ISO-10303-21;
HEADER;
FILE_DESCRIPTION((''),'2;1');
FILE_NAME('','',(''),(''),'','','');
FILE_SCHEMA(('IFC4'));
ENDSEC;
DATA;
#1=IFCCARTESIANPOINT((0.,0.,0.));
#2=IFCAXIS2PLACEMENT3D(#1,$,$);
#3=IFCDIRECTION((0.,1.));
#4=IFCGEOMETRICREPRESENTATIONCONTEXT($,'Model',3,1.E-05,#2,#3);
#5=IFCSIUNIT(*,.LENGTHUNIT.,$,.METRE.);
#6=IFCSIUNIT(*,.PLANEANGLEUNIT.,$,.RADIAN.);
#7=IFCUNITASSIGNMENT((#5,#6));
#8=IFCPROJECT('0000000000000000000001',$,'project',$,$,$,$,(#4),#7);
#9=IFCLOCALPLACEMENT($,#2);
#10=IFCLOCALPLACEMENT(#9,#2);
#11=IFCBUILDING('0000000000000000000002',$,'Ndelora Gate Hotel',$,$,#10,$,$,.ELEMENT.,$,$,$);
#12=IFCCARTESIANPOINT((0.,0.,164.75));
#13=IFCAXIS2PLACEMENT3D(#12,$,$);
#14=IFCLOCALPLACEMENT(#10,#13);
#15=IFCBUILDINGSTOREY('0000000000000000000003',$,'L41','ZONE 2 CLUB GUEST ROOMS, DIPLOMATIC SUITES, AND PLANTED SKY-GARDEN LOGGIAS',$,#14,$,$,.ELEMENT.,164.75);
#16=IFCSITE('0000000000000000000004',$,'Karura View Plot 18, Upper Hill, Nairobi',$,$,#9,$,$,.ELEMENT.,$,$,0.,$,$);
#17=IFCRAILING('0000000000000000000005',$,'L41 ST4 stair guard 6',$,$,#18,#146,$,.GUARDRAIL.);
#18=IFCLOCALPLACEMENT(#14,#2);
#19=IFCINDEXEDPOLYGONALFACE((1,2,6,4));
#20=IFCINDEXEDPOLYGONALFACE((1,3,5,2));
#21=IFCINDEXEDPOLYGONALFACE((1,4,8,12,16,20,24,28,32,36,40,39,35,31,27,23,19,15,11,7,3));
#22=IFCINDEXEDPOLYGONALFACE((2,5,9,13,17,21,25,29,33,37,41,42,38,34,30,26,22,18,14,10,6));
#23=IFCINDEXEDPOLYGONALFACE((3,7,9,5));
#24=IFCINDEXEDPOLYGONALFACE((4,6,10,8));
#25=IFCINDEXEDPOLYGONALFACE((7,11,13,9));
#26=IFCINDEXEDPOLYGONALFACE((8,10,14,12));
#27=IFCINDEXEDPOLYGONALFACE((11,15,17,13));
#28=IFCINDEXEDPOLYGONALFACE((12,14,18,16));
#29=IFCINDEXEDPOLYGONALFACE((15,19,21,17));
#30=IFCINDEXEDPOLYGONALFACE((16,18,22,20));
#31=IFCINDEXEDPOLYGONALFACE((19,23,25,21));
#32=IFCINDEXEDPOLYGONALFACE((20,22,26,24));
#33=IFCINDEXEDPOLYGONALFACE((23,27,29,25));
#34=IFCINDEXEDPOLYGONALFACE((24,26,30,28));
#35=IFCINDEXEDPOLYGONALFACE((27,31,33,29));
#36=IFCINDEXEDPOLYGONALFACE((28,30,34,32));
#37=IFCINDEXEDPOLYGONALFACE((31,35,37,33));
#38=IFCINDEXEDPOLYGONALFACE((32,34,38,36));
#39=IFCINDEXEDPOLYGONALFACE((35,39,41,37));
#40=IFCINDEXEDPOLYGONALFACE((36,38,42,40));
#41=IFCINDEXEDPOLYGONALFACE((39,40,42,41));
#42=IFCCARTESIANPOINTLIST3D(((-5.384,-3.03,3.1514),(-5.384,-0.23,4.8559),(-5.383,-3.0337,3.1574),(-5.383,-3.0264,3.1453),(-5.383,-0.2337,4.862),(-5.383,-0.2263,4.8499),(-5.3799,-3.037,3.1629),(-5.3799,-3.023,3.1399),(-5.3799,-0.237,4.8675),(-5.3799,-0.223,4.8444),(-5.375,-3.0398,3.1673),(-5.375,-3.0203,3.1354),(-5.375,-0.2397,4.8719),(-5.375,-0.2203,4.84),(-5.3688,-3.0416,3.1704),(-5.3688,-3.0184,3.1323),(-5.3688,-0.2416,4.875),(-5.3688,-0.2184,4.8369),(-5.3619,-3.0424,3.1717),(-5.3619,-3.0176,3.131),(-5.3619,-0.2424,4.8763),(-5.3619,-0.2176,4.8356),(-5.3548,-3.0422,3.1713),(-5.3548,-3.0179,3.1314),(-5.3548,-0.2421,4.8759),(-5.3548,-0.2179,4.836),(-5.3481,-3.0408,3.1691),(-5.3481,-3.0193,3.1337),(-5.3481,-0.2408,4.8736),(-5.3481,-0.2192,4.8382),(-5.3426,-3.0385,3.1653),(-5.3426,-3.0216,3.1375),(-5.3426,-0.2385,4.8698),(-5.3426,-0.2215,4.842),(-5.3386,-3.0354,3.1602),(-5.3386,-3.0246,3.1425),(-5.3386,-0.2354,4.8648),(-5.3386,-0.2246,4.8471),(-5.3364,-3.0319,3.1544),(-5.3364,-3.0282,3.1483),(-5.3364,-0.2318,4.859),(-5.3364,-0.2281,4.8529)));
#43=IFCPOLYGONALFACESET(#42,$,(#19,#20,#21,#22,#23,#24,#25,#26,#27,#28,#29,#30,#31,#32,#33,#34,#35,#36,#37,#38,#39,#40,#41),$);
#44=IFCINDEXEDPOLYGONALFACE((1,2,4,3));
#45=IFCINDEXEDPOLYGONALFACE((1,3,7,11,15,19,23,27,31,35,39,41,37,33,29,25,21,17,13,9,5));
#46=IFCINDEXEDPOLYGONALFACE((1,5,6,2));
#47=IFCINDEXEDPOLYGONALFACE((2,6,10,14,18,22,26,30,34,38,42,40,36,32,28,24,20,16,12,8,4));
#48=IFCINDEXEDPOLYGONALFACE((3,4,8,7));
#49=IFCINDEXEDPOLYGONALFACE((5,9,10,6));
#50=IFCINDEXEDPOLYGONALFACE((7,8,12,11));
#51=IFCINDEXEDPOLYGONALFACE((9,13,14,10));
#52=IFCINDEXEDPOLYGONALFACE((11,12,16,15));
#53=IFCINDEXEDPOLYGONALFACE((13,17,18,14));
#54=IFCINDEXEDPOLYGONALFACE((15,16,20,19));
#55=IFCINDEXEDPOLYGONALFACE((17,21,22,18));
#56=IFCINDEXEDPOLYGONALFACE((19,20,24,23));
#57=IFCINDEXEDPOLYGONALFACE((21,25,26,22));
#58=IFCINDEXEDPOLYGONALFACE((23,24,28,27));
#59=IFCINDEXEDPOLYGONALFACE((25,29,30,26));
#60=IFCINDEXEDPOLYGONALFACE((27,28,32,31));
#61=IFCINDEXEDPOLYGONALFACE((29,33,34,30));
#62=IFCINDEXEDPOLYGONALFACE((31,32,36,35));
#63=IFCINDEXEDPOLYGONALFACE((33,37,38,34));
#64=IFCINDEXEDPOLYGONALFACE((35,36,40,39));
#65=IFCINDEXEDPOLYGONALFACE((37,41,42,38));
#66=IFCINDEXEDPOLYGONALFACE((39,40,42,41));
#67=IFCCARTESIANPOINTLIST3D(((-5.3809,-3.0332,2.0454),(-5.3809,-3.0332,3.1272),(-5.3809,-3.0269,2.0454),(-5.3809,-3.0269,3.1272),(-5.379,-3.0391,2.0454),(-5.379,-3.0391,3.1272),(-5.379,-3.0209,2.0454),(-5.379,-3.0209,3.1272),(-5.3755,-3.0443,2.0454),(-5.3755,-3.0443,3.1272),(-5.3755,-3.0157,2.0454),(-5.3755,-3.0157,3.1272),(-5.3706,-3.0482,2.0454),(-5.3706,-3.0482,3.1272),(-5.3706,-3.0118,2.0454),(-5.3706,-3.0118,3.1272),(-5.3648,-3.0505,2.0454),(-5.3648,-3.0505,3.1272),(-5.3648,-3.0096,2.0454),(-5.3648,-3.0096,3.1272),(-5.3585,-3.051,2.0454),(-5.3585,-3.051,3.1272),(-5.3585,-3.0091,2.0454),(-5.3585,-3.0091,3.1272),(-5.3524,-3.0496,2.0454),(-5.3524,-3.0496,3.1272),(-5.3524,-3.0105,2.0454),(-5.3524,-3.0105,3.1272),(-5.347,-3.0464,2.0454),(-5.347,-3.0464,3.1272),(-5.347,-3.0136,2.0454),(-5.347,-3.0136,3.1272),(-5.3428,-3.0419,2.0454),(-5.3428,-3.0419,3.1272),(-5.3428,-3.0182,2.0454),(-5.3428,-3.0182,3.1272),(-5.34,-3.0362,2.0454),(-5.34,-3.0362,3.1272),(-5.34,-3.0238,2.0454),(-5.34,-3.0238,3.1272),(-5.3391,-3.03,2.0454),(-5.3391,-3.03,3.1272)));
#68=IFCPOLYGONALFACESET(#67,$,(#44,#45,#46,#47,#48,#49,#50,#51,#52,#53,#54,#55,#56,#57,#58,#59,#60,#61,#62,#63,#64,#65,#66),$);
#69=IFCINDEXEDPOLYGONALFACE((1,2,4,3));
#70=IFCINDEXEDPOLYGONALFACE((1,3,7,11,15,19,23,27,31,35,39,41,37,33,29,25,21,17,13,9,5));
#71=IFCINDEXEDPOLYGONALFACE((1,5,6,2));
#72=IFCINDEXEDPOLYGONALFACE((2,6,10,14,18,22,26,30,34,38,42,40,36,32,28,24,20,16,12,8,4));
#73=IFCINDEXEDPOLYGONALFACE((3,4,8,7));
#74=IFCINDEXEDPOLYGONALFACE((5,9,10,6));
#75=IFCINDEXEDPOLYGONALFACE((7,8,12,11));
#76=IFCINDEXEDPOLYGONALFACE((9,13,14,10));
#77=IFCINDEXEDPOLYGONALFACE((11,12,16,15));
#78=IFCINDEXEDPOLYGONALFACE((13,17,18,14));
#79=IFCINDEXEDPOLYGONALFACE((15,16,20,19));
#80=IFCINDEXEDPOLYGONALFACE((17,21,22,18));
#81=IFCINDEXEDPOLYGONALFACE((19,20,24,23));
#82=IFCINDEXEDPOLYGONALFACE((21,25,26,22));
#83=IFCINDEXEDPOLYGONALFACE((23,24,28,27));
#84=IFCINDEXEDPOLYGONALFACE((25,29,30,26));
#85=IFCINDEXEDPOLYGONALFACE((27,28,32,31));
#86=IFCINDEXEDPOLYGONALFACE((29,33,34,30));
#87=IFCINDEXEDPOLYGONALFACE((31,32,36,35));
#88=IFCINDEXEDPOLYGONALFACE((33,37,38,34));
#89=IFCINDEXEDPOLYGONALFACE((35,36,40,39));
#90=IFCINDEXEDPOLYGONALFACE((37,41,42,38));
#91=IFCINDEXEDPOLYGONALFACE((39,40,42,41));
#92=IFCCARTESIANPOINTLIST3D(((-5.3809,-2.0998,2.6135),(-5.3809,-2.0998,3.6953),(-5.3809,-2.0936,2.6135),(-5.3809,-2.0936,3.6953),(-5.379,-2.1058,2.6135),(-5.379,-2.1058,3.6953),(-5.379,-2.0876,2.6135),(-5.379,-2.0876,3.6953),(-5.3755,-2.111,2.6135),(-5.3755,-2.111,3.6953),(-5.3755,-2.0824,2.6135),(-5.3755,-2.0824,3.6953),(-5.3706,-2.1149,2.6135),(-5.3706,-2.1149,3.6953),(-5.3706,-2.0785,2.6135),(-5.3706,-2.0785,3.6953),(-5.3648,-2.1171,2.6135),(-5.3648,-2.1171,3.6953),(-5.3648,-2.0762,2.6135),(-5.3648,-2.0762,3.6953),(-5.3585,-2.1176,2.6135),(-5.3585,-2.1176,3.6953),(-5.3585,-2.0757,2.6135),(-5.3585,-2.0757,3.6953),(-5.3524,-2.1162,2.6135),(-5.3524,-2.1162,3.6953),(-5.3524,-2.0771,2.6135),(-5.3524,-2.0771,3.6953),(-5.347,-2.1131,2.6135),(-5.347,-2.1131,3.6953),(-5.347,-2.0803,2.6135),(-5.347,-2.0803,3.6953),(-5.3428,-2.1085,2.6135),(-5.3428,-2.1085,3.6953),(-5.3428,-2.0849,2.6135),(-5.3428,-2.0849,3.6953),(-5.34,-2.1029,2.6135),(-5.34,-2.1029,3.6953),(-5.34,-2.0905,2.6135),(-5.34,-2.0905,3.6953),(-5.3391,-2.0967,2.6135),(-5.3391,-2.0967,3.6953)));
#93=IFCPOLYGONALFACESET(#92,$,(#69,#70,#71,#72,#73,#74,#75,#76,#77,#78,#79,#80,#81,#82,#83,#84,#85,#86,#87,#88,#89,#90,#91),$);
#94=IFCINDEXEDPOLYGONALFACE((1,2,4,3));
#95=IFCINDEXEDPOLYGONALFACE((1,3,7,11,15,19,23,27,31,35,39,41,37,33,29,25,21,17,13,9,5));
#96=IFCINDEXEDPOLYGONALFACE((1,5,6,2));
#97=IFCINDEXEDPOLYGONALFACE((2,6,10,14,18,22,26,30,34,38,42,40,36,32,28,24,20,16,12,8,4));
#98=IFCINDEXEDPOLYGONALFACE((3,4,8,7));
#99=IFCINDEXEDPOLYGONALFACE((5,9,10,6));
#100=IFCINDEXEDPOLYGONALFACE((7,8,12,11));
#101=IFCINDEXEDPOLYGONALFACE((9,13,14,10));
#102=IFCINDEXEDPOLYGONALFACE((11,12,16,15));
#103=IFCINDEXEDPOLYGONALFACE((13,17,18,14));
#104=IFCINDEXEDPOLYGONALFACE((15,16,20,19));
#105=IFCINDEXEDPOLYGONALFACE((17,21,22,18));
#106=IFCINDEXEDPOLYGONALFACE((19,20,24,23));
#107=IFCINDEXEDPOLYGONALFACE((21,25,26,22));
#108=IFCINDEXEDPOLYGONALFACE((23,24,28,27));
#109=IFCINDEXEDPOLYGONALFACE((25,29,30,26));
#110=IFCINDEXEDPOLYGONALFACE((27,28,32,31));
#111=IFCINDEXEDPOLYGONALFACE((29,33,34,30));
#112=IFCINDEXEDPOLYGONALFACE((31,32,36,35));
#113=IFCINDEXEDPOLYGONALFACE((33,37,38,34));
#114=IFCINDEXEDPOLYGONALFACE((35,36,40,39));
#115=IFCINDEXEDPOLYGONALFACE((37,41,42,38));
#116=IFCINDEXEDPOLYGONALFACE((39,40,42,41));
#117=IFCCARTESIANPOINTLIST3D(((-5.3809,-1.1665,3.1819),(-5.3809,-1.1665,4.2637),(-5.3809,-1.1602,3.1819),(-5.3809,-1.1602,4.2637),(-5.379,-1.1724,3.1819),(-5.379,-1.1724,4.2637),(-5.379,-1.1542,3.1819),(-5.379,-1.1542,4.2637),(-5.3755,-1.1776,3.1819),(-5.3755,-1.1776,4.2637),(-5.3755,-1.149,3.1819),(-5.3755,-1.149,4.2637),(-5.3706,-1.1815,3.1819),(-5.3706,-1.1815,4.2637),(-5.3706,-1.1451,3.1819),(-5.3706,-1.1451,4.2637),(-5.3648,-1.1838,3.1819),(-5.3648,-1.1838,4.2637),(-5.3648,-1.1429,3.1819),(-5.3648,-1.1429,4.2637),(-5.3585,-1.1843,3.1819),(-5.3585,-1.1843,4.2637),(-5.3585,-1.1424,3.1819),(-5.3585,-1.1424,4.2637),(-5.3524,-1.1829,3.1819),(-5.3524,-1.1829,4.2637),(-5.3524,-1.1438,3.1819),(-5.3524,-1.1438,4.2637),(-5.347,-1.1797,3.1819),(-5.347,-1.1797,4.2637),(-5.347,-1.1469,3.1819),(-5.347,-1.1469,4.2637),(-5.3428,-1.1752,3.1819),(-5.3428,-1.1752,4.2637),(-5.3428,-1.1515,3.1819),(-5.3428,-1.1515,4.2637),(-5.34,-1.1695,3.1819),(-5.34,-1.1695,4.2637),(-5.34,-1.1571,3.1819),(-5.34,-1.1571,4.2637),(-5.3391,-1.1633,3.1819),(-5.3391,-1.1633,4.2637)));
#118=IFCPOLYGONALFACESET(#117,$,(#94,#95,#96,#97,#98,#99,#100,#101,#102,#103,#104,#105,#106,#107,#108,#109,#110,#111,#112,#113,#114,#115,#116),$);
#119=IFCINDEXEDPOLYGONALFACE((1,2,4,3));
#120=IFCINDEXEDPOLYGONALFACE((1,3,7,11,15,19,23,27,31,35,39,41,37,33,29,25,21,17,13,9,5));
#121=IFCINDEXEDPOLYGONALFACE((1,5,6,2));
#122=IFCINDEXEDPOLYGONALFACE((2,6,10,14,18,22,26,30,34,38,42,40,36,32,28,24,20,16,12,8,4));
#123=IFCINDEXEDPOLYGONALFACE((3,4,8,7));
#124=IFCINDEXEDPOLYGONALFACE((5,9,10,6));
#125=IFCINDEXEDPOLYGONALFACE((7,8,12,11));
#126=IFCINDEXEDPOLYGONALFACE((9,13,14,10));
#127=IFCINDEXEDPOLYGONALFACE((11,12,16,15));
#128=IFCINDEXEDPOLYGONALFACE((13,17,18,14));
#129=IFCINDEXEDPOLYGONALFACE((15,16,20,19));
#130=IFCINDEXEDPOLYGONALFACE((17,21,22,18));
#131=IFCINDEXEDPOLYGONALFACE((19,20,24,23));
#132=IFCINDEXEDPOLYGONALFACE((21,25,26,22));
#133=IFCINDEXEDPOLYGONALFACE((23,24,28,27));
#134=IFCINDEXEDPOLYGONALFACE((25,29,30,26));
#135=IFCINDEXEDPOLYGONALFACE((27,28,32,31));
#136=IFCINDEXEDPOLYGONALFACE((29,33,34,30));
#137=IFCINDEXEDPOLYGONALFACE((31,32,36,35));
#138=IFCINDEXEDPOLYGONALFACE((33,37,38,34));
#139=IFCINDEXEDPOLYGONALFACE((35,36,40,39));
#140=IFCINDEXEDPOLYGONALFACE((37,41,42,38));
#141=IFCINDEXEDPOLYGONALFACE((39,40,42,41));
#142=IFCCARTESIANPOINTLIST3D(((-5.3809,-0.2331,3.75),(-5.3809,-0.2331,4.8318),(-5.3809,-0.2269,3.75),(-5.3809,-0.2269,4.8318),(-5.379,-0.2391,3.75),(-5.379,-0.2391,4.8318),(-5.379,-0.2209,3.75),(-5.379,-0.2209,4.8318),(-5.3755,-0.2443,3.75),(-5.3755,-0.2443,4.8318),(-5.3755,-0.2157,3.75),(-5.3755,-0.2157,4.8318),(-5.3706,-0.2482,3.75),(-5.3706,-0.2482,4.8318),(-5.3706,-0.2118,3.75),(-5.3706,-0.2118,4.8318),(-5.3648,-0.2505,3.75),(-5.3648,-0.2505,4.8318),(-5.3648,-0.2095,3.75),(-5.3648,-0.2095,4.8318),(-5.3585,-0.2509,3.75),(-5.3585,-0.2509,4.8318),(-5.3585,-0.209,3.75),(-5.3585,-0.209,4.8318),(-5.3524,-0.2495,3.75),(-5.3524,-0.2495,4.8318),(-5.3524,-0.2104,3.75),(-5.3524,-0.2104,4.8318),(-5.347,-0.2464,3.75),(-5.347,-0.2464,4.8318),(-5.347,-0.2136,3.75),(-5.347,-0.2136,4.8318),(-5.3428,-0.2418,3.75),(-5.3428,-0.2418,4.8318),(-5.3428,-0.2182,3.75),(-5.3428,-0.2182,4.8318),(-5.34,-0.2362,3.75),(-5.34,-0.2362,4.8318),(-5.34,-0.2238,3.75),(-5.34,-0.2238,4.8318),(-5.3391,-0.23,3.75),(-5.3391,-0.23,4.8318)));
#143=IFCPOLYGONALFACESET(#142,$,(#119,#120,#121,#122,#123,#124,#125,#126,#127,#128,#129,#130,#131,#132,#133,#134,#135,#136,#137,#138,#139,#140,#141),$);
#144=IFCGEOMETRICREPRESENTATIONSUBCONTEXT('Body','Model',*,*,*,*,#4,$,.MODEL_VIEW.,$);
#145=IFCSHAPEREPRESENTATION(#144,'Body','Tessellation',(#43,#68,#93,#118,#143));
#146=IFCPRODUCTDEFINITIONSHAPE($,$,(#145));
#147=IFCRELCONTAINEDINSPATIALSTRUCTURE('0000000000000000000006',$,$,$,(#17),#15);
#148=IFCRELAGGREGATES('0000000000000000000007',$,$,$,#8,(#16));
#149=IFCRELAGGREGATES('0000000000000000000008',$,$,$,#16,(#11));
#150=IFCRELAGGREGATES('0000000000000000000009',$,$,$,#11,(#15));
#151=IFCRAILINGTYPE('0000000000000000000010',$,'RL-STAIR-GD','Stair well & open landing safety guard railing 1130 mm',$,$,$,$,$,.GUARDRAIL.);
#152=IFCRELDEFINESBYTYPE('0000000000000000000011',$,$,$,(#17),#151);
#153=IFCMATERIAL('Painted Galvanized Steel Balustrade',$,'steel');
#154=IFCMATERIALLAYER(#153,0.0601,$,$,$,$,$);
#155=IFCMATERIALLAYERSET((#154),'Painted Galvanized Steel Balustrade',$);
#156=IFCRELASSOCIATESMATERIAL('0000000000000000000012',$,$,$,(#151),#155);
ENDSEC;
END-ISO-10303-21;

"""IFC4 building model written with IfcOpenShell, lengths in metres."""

from ifc_helpers import new_model, si_unit, direction, frame, origin, origin_2d, place, context, subcontext, project, spatial, circle, extrude, material, layer, layer_set, type_object, element, save


model = new_model("IFC4")

# Units and contexts
model_context = context("Model", 3, precision=1e-05, world=origin(), true_north=direction((0.0, 1.0)))
body_context = subcontext(model_context, "Body", "Model", "MODEL_VIEW")
ifc_project = project(units=[si_unit("LENGTHUNIT", "METRE"), si_unit("PLANEANGLEUNIT", "RADIAN")], contexts=[model_context])

# Site, building, storey
site_placement = place(None, origin())
site = spatial("IfcSite", under=ifc_project, at=site_placement, Name="Karura View Plot 18, Upper Hill, Nairobi", CompositionType="ELEMENT", RefElevation=0.0)
building_placement = place(site_placement, origin())
building = spatial("IfcBuilding", under=site, at=building_placement, Name="Ndelora Gate Hotel", CompositionType="ELEMENT")
storey_placement = place(building_placement, frame((0.0, 0.0, 164.75)))
storey = spatial("IfcBuildingStorey", under=building, at=storey_placement, Name="L41", Description="ZONE 2 CLUB GUEST ROOMS, DIPLOMATIC SUITES, AND PLANTED SKY-GARDEN LOGGIAS", CompositionType="ELEMENT", Elevation=164.75)

# Railing
ifc_material_1 = material(Name="Painted Galvanized Steel Balustrade", Category="steel")
ifc_layer_1 = layer(ifc_material_1, 0.0601)
ifc_layer_set_1 = layer_set([ifc_layer_1], Name="Painted Galvanized Steel Balustrade")
railing_type_1 = type_object("IfcRailingType", Name="RL-STAIR-GD", Description="Stair well & open landing safety guard railing 1130 mm", PredefinedType="GUARDRAIL", material=ifc_layer_set_1)
railing_1_placement = place(storey_placement, frame((-5.3601, -3.03, 2.0454)))
element("IfcRailing", 1, at=railing_1_placement, inside=storey, type_object=railing_type_1, Name="L41 ST4 stair guard 6", PredefinedType="GUARDRAIL", context=body_context, shape_type="SweptSolid", body=[
    extrude(circle(Radius=0.0239, at=origin_2d()), frame((0.0, 0.0, 1.106), z_axis=(0.0, 0.85417, 0.519994), x_axis=(-1.0, 0.0, 0.0)), (0.0, 0.0, 1.0), 3.2781),
    extrude(circle(Radius=0.021, at=origin_2d()), origin(), (0.0, 0.0, 1.0), 1.0818),
    extrude(circle(Radius=0.021, at=origin_2d()), frame((0.0, 0.9333, 0.5681)), (0.0, 0.0, 1.0), 1.0818),
    extrude(circle(Radius=0.021, at=origin_2d()), frame((0.0, 1.8667, 1.1365)), (0.0, 0.0, 1.0), 1.0818),
    extrude(circle(Radius=0.021, at=origin_2d()), frame((0.0, 2.8, 1.7046)), (0.0, 0.0, 1.0), 1.0818),
])

save(model, "model.ifc")
